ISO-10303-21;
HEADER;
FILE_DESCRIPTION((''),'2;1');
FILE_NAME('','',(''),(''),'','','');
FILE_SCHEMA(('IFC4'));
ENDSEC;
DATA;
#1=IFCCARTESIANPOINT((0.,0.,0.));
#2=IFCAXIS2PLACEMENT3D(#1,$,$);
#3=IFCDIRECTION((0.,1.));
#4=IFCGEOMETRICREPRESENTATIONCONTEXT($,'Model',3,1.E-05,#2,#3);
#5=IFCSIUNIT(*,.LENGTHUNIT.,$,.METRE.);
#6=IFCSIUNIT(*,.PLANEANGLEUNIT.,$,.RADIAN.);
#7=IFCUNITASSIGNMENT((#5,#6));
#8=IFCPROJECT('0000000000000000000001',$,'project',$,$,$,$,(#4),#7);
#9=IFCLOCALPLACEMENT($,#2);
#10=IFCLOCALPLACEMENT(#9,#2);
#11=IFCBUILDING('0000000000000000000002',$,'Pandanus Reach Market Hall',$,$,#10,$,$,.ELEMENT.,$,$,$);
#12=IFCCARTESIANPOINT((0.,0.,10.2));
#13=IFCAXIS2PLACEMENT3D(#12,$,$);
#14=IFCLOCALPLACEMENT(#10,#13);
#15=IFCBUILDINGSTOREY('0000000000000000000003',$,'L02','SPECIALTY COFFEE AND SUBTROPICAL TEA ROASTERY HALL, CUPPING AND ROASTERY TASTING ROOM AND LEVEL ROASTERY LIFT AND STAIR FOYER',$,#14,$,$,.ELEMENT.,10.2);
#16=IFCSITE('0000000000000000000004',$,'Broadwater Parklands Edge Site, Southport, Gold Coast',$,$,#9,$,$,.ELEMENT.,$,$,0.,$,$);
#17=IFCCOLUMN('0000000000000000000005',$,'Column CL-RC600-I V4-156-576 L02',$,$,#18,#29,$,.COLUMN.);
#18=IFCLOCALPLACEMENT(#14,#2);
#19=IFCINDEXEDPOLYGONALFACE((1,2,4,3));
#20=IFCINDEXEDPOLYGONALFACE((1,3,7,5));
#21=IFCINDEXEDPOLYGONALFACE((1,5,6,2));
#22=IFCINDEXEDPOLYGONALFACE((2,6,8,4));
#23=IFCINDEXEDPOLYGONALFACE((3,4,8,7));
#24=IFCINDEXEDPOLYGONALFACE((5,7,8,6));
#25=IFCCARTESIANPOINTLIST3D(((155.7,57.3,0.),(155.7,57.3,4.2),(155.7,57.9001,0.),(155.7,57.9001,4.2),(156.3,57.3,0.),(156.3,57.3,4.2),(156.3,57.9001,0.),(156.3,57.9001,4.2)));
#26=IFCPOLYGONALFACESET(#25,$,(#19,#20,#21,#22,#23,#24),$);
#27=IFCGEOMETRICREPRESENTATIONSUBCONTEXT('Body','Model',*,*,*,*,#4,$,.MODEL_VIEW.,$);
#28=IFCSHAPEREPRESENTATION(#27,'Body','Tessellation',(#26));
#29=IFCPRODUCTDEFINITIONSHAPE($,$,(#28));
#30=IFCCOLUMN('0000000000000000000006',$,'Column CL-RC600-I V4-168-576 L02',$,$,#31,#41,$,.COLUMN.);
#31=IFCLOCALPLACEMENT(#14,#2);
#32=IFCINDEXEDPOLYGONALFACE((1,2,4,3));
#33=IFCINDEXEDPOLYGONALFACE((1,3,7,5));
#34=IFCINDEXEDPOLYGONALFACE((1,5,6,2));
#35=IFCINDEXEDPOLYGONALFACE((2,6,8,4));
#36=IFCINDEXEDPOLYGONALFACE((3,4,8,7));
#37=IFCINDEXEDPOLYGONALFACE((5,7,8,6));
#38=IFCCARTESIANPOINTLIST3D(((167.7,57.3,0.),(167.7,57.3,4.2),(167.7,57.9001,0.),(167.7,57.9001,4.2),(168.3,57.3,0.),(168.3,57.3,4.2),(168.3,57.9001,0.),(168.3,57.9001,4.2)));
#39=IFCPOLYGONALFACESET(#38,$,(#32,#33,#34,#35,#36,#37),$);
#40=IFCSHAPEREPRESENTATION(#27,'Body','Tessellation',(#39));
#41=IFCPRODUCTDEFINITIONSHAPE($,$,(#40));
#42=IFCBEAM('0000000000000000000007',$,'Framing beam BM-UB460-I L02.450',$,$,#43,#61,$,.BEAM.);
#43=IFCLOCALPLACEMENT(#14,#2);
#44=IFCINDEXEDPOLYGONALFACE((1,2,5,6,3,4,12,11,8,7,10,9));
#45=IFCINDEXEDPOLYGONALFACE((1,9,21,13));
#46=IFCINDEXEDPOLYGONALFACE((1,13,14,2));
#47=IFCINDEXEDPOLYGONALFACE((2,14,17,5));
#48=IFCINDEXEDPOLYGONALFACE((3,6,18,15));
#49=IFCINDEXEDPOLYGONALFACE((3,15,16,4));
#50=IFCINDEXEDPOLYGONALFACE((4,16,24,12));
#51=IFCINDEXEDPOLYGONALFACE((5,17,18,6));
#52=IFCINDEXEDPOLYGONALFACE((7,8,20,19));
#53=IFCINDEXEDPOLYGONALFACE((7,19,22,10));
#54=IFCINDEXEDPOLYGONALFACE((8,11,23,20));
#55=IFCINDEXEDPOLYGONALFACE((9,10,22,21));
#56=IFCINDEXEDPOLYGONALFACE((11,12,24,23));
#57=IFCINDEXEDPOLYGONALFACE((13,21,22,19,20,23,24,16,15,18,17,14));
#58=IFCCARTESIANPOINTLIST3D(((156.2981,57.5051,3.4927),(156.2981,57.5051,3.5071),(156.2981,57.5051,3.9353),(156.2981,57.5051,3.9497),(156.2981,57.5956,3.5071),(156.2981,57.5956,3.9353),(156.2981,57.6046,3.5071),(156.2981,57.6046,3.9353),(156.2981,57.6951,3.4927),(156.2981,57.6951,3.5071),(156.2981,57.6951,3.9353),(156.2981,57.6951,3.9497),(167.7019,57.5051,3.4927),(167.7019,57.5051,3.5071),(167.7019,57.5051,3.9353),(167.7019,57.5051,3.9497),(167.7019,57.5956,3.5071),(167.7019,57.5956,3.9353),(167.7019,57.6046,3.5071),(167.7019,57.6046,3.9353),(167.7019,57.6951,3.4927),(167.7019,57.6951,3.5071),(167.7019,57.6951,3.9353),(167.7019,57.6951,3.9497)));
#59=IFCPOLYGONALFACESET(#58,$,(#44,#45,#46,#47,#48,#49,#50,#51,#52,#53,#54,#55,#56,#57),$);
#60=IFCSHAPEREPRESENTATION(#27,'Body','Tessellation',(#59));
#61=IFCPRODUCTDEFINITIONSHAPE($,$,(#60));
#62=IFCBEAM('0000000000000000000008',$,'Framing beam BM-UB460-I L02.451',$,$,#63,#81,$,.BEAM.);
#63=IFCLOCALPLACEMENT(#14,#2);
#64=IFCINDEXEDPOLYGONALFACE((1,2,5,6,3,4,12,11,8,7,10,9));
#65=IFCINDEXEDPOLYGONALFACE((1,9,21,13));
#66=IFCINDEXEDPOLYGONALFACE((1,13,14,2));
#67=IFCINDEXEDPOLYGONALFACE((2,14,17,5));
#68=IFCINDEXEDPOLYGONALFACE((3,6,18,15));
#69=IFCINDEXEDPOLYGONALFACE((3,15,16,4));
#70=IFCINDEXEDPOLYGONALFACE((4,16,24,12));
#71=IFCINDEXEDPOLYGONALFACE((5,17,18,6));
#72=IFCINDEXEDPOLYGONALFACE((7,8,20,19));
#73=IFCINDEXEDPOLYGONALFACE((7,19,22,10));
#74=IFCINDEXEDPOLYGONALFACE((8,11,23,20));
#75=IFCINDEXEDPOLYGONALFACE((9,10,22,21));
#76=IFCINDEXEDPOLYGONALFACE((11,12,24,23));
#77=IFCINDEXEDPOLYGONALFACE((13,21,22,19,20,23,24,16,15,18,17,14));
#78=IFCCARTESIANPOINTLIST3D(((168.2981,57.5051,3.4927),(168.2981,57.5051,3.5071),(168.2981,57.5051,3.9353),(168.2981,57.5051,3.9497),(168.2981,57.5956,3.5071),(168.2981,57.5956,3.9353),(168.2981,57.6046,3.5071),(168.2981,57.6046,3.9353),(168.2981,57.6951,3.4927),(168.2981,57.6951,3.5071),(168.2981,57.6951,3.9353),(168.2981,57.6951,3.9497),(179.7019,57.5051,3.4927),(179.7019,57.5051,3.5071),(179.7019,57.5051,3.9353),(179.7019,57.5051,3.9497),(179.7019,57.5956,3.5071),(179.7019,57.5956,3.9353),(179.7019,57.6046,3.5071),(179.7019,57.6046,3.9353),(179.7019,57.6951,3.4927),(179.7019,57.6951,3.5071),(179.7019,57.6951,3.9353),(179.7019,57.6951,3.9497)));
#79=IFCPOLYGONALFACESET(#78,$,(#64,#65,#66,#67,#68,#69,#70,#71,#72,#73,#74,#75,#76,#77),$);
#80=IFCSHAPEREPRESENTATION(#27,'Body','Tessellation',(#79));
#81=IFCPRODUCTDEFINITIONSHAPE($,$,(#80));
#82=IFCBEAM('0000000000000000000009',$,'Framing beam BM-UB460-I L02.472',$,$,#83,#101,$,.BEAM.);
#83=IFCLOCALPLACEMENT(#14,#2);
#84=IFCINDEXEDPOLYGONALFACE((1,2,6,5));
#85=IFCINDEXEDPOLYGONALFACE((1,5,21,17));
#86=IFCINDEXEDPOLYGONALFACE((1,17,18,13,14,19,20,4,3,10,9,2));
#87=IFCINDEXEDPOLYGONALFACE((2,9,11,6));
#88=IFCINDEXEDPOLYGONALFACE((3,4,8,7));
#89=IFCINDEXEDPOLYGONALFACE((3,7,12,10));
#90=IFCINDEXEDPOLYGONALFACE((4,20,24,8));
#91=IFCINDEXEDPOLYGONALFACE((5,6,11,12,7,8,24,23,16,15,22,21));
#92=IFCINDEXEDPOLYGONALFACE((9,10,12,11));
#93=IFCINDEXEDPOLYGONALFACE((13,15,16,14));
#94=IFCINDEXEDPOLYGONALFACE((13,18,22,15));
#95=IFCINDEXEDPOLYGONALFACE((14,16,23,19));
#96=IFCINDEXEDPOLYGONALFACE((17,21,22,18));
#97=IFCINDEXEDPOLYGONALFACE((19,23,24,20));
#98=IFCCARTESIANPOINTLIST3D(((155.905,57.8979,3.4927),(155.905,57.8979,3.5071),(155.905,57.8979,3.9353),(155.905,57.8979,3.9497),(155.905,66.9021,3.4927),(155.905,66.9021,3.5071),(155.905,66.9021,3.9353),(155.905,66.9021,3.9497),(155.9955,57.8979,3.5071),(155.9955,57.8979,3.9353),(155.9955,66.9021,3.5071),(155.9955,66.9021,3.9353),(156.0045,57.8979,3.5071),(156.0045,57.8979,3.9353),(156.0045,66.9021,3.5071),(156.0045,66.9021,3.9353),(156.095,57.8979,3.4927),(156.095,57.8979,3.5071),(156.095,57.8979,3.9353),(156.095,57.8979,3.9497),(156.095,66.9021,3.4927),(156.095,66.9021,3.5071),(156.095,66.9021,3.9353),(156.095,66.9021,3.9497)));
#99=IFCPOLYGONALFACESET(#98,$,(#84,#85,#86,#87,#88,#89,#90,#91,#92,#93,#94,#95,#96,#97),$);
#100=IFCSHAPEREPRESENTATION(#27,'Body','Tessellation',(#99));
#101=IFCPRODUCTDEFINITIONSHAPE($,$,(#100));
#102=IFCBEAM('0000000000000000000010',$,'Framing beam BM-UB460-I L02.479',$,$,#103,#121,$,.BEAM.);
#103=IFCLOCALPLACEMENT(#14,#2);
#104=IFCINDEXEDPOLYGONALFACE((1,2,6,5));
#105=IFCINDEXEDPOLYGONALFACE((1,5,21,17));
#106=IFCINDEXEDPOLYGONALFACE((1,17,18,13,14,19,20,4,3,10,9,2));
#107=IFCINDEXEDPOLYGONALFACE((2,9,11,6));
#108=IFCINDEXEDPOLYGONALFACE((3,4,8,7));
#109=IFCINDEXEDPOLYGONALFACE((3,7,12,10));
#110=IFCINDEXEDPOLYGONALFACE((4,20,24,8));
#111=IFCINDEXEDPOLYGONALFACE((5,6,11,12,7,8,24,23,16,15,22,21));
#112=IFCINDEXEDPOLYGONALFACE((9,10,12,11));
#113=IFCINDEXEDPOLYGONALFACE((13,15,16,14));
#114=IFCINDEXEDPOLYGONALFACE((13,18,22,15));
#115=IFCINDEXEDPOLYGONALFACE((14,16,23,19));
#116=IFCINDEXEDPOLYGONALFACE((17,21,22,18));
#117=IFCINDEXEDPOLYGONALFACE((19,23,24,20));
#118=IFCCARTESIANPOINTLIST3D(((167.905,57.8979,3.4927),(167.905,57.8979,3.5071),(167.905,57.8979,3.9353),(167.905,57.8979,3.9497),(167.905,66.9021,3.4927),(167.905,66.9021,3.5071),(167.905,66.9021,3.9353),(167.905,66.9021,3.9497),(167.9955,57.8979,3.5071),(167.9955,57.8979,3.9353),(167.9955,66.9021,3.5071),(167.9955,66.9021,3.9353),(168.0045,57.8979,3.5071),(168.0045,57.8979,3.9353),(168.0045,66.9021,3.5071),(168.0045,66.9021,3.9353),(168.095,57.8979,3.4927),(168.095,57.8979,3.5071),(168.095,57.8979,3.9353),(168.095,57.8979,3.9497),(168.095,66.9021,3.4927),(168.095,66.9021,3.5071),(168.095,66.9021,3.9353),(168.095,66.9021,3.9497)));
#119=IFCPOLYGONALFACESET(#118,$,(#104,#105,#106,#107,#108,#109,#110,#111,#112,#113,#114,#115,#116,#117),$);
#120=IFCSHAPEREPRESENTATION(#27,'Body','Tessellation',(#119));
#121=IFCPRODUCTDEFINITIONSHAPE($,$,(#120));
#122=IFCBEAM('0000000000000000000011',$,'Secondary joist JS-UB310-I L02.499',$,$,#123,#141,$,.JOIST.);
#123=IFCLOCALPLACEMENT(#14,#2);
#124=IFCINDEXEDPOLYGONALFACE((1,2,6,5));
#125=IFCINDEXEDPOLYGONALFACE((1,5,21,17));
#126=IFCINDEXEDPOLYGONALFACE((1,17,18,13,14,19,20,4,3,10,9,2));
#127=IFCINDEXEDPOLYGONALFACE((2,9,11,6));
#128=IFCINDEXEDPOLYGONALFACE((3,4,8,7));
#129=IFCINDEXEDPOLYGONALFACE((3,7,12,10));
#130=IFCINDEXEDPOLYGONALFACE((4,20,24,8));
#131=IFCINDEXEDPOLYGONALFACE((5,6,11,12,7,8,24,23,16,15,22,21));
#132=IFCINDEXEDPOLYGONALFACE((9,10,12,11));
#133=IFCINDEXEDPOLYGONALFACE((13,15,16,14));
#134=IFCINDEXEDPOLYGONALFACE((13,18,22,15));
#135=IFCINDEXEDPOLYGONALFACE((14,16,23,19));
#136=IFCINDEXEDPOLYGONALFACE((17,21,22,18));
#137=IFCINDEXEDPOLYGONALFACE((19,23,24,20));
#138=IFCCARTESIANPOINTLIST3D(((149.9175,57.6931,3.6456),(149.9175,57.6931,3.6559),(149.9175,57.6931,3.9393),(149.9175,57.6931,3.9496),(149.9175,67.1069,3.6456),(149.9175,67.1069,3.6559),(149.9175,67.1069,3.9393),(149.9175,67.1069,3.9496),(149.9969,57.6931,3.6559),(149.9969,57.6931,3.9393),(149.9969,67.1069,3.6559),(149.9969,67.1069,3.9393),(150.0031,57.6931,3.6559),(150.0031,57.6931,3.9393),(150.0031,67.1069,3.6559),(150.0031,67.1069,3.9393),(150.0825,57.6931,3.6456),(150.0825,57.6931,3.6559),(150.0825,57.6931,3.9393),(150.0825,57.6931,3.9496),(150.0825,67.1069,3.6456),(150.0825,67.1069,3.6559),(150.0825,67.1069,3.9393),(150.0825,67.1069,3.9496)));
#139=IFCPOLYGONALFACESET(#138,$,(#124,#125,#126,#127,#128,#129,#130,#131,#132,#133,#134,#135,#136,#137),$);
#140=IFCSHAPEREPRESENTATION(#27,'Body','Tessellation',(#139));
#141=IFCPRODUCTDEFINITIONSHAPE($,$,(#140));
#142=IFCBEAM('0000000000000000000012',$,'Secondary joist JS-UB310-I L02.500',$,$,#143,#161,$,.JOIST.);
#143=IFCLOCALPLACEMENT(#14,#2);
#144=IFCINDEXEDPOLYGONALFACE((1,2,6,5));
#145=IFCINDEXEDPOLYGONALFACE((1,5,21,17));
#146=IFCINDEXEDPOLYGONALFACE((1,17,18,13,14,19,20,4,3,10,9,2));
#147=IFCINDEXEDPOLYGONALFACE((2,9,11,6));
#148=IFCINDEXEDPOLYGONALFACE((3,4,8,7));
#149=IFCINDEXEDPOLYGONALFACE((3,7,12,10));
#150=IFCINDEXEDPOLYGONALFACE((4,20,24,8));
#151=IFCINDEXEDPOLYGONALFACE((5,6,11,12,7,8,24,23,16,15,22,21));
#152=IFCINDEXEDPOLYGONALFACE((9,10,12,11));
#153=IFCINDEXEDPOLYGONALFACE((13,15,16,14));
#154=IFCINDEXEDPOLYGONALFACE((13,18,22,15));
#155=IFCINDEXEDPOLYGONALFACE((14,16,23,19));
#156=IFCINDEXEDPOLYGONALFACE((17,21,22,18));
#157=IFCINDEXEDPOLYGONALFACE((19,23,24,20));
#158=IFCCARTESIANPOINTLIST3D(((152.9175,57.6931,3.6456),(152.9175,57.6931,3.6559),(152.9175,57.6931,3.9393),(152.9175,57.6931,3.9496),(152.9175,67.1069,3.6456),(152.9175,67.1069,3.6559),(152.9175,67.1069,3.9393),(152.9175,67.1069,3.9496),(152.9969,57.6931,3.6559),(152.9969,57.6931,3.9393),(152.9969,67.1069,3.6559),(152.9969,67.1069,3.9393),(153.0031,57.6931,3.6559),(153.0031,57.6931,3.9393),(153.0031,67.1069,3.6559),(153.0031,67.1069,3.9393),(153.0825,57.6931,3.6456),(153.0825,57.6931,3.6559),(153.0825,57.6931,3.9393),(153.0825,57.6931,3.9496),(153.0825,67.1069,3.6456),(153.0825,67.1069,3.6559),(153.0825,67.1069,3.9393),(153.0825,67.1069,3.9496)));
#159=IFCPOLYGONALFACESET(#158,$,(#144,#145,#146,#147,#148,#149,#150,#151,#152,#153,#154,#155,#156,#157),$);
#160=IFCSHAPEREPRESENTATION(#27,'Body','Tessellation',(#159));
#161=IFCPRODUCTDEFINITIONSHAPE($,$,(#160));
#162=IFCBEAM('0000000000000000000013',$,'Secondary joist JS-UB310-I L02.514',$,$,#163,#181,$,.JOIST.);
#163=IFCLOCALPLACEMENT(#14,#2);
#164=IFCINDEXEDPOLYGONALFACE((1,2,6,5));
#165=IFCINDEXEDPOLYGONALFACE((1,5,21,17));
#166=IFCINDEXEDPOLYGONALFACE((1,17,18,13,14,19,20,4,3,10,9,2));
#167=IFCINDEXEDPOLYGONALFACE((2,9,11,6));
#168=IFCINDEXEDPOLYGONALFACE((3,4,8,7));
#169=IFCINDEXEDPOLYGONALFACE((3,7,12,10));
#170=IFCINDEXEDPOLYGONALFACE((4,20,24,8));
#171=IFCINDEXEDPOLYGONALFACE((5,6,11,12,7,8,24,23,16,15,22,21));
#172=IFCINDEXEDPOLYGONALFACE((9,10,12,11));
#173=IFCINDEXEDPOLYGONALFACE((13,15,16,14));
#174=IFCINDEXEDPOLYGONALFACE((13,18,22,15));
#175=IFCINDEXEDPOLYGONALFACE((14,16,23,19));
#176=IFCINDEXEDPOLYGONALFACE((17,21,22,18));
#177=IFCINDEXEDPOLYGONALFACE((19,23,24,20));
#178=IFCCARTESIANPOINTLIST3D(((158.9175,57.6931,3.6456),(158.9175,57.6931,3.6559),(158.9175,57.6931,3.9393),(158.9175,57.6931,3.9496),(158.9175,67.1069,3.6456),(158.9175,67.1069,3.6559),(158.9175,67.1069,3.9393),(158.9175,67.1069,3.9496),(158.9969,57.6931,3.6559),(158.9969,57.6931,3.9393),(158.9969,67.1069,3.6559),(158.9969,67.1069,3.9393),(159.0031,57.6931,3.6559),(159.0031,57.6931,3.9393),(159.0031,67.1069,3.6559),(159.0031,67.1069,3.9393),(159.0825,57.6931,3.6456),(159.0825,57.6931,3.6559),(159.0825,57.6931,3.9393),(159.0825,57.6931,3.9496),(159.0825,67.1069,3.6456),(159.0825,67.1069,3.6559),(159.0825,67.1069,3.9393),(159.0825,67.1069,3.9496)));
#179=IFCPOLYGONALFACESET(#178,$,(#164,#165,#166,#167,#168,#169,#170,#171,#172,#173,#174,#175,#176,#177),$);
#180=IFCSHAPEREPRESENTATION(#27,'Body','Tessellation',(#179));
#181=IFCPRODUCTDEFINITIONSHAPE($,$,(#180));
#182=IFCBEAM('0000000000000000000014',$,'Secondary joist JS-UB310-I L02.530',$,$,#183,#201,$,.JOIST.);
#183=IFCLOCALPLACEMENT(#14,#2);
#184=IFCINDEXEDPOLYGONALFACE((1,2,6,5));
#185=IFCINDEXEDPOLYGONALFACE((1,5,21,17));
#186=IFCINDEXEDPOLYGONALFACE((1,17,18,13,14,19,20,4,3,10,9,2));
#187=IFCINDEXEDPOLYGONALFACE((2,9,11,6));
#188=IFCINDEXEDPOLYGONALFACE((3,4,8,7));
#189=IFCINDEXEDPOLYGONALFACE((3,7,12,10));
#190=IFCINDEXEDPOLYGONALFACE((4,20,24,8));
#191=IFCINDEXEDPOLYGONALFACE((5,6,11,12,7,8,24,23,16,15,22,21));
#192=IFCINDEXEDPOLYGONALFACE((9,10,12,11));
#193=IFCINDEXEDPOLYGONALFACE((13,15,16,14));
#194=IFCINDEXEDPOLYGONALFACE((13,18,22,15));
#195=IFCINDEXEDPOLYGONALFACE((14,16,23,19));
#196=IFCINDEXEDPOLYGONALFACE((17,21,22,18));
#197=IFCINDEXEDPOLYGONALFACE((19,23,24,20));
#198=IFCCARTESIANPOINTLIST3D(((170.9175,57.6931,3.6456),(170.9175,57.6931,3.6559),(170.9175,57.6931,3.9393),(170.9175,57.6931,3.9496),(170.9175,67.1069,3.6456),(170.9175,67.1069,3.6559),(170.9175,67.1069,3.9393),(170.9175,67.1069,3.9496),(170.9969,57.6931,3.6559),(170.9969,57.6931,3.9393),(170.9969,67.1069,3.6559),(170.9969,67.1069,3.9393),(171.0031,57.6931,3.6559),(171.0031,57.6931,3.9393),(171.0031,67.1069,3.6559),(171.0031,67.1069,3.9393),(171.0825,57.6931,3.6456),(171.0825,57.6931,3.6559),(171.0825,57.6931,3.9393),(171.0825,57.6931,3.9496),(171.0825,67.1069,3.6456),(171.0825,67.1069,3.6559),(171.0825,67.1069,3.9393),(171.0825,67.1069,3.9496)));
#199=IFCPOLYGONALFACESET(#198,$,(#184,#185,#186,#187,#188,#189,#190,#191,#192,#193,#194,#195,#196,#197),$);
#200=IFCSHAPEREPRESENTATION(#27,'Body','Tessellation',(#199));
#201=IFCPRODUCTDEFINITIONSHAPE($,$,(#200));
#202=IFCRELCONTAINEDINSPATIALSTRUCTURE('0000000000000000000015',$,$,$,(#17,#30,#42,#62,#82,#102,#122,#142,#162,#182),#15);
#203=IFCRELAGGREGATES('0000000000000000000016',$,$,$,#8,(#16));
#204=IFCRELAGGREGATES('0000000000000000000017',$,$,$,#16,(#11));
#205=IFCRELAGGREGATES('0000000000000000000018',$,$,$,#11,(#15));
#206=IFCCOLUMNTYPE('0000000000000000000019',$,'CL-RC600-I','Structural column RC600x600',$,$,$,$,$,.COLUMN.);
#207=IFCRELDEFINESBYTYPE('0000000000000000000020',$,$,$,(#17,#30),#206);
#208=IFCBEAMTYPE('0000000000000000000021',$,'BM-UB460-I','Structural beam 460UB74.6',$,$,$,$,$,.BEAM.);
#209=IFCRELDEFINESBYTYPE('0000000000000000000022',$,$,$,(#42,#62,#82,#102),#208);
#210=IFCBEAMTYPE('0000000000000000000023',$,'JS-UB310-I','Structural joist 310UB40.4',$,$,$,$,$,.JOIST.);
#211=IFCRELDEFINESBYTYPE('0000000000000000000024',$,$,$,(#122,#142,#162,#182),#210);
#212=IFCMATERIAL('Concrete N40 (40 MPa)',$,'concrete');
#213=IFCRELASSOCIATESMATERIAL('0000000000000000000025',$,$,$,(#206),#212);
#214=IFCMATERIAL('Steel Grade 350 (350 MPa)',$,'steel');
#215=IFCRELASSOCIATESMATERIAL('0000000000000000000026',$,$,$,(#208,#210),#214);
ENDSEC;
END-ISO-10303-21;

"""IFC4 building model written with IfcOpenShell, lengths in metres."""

from ifc_helpers import new_model, si_unit, direction, frame, origin, origin_2d, place, context, subcontext, project, spatial, rectangle, i_section, extrude, material, material_profile, profile_set, type_object, element, save


model = new_model("IFC4")

# Units and contexts
model_context = context("Model", 3, precision=1e-05, world=origin(), true_north=direction((0.0, 1.0)))
body_context = subcontext(model_context, "Body", "Model", "MODEL_VIEW")
ifc_project = project(units=[si_unit("LENGTHUNIT", "METRE"), si_unit("PLANEANGLEUNIT", "RADIAN")], contexts=[model_context])

# Site, building, storey
site_placement = place(None, origin())
site = spatial("IfcSite", under=ifc_project, at=site_placement, Name="Broadwater Parklands Edge Site, Southport, Gold Coast", CompositionType="ELEMENT", RefElevation=0.0)
building_placement = place(site_placement, origin())
building = spatial("IfcBuilding", under=site, at=building_placement, Name="Pandanus Reach Market Hall", CompositionType="ELEMENT")
storey_placement = place(building_placement, frame((0.0, 0.0, 10.2)))
storey = spatial("IfcBuildingStorey", under=building, at=storey_placement, Name="L02", Description="SPECIALTY COFFEE AND SUBTROPICAL TEA ROASTERY HALL, CUPPING AND ROASTERY TASTING ROOM AND LEVEL ROASTERY LIFT AND STAIR FOYER", CompositionType="ELEMENT", Elevation=10.2)

# Columns
ifc_material_1 = material(Name="Concrete N40 (40 MPa)", Category="concrete")
ifc_material_profile_1 = material_profile(ifc_material_1, rectangle(XDim=0.6001, YDim=0.6001, at=origin_2d()), Name="RC600x600", Category="LoadBearing")
ifc_profile_set_1 = profile_set([ifc_material_profile_1], Name="Concrete N40 (40 MPa)")
column_type = type_object("IfcColumnType", Name="CL-RC600-I", Description="Structural column RC600x600", PredefinedType="COLUMN", material=ifc_profile_set_1)
for number, where, z_axis, x_axis, name in (
    (1, (156.0, 57.6001, 0.0), (0.0, 0.0, 1.0), (1.0, 0.0, 0.0), "Column CL-RC600-I V4-156-576 L02"),
    (2, (168.0, 57.6001, 0.0), (0.0, 0.0, 1.0), (1.0, 0.0, 0.0), "Column CL-RC600-I V4-168-576 L02"),
):
    element("IfcColumn", number, at=place(storey_placement, frame(where, z_axis=z_axis, x_axis=x_axis)), inside=storey, type_object=column_type, Name=name, PredefinedType="COLUMN", context=body_context, shape_type="SweptSolid", body=[
        extrude(rectangle(XDim=0.6001, YDim=0.6001, at=origin_2d()), origin(), (0.0, 0.0, 1.0), 4.2),
    ])

# Beams
ifc_material_2 = material(Name="Steel Grade 350 (350 MPa)", Category="steel")
ifc_material_profile_2 = material_profile(ifc_material_2, i_section(OverallWidth=0.1899, OverallDepth=0.457, WebThickness=0.009, FlangeThickness=0.0144, at=origin_2d()), Name="460UB74.6", Category="LoadBearing")
ifc_profile_set_2 = profile_set([ifc_material_profile_2], Name="Steel Grade 350 (350 MPa)")
beam_type_1 = type_object("IfcBeamType", Name="BM-UB460-I", Description="Structural beam 460UB74.6", PredefinedType="BEAM", material=ifc_profile_set_2)
for number, where, z_axis, x_axis, name in (
    (3, (156.2981, 57.6001, 3.7212), (1.0, 0.0, 0.0), (0.0, 1.0, 0.0), "Framing beam BM-UB460-I L02.450"),
    (4, (168.2981, 57.6001, 3.7212), (1.0, 0.0, 0.0), (0.0, 1.0, 0.0), "Framing beam BM-UB460-I L02.451"),
):
    element("IfcBeam", number, at=place(storey_placement, frame(where, z_axis=z_axis, x_axis=x_axis)), inside=storey, type_object=beam_type_1, Name=name, PredefinedType="BEAM", context=body_context, shape_type="SweptSolid", body=[
        extrude(i_section(OverallWidth=0.1899, OverallDepth=0.457, WebThickness=0.009, FlangeThickness=0.0144, at=origin_2d()), origin(), (0.0, 0.0, 1.0), 11.4038),
    ])
for number, where, z_axis, x_axis, name in (
    (5, (156.0, 57.8979, 3.7212), (0.0, 1.0, 0.0), (-1.0, 0.0, 0.0), "Framing beam BM-UB460-I L02.472"),
    (6, (168.0, 57.8979, 3.7212), (0.0, 1.0, 0.0), (-1.0, 0.0, 0.0), "Framing beam BM-UB460-I L02.479"),
):
    element("IfcBeam", number, at=place(storey_placement, frame(where, z_axis=z_axis, x_axis=x_axis)), inside=storey, type_object=beam_type_1, Name=name, PredefinedType="BEAM", context=body_context, shape_type="SweptSolid", body=[
        extrude(i_section(OverallWidth=0.1899, OverallDepth=0.457, WebThickness=0.009, FlangeThickness=0.0144, at=origin_2d()), origin(), (0.0, 0.0, 1.0), 9.0042),
    ])
ifc_material_profile_3 = material_profile(ifc_material_2, i_section(OverallWidth=0.165, OverallDepth=0.304, WebThickness=0.0061, FlangeThickness=0.0103, at=origin_2d()), Name="310UB40.4", Category="LoadBearing")
ifc_profile_set_3 = profile_set([ifc_material_profile_3], Name="Steel Grade 350 (350 MPa)")
beam_type_2 = type_object("IfcBeamType", Name="JS-UB310-I", Description="Structural joist 310UB40.4", PredefinedType="JOIST", material=ifc_profile_set_3)
for number, where, z_axis, x_axis, name in (
    (7, (150.0, 57.6931, 3.7976), (0.0, 1.0, 0.0), (-1.0, 0.0, 0.0), "Secondary joist JS-UB310-I L02.499"),
    (8, (153.0, 57.6931, 3.7976), (0.0, 1.0, 0.0), (-1.0, 0.0, 0.0), "Secondary joist JS-UB310-I L02.500"),
    (9, (159.0, 57.6931, 3.7976), (0.0, 1.0, 0.0), (-1.0, 0.0, 0.0), "Secondary joist JS-UB310-I L02.514"),
    (10, (171.0, 57.6931, 3.7976), (0.0, 1.0, 0.0), (-1.0, 0.0, 0.0), "Secondary joist JS-UB310-I L02.530"),
):
    element("IfcBeam", number, at=place(storey_placement, frame(where, z_axis=z_axis, x_axis=x_axis)), inside=storey, type_object=beam_type_2, Name=name, PredefinedType="JOIST", context=body_context, shape_type="SweptSolid", body=[
        extrude(i_section(OverallWidth=0.165, OverallDepth=0.304, WebThickness=0.0061, FlangeThickness=0.0103, at=origin_2d()), origin(), (0.0, 0.0, 1.0), 9.4138),
    ])

save(model, "model.ifc")
